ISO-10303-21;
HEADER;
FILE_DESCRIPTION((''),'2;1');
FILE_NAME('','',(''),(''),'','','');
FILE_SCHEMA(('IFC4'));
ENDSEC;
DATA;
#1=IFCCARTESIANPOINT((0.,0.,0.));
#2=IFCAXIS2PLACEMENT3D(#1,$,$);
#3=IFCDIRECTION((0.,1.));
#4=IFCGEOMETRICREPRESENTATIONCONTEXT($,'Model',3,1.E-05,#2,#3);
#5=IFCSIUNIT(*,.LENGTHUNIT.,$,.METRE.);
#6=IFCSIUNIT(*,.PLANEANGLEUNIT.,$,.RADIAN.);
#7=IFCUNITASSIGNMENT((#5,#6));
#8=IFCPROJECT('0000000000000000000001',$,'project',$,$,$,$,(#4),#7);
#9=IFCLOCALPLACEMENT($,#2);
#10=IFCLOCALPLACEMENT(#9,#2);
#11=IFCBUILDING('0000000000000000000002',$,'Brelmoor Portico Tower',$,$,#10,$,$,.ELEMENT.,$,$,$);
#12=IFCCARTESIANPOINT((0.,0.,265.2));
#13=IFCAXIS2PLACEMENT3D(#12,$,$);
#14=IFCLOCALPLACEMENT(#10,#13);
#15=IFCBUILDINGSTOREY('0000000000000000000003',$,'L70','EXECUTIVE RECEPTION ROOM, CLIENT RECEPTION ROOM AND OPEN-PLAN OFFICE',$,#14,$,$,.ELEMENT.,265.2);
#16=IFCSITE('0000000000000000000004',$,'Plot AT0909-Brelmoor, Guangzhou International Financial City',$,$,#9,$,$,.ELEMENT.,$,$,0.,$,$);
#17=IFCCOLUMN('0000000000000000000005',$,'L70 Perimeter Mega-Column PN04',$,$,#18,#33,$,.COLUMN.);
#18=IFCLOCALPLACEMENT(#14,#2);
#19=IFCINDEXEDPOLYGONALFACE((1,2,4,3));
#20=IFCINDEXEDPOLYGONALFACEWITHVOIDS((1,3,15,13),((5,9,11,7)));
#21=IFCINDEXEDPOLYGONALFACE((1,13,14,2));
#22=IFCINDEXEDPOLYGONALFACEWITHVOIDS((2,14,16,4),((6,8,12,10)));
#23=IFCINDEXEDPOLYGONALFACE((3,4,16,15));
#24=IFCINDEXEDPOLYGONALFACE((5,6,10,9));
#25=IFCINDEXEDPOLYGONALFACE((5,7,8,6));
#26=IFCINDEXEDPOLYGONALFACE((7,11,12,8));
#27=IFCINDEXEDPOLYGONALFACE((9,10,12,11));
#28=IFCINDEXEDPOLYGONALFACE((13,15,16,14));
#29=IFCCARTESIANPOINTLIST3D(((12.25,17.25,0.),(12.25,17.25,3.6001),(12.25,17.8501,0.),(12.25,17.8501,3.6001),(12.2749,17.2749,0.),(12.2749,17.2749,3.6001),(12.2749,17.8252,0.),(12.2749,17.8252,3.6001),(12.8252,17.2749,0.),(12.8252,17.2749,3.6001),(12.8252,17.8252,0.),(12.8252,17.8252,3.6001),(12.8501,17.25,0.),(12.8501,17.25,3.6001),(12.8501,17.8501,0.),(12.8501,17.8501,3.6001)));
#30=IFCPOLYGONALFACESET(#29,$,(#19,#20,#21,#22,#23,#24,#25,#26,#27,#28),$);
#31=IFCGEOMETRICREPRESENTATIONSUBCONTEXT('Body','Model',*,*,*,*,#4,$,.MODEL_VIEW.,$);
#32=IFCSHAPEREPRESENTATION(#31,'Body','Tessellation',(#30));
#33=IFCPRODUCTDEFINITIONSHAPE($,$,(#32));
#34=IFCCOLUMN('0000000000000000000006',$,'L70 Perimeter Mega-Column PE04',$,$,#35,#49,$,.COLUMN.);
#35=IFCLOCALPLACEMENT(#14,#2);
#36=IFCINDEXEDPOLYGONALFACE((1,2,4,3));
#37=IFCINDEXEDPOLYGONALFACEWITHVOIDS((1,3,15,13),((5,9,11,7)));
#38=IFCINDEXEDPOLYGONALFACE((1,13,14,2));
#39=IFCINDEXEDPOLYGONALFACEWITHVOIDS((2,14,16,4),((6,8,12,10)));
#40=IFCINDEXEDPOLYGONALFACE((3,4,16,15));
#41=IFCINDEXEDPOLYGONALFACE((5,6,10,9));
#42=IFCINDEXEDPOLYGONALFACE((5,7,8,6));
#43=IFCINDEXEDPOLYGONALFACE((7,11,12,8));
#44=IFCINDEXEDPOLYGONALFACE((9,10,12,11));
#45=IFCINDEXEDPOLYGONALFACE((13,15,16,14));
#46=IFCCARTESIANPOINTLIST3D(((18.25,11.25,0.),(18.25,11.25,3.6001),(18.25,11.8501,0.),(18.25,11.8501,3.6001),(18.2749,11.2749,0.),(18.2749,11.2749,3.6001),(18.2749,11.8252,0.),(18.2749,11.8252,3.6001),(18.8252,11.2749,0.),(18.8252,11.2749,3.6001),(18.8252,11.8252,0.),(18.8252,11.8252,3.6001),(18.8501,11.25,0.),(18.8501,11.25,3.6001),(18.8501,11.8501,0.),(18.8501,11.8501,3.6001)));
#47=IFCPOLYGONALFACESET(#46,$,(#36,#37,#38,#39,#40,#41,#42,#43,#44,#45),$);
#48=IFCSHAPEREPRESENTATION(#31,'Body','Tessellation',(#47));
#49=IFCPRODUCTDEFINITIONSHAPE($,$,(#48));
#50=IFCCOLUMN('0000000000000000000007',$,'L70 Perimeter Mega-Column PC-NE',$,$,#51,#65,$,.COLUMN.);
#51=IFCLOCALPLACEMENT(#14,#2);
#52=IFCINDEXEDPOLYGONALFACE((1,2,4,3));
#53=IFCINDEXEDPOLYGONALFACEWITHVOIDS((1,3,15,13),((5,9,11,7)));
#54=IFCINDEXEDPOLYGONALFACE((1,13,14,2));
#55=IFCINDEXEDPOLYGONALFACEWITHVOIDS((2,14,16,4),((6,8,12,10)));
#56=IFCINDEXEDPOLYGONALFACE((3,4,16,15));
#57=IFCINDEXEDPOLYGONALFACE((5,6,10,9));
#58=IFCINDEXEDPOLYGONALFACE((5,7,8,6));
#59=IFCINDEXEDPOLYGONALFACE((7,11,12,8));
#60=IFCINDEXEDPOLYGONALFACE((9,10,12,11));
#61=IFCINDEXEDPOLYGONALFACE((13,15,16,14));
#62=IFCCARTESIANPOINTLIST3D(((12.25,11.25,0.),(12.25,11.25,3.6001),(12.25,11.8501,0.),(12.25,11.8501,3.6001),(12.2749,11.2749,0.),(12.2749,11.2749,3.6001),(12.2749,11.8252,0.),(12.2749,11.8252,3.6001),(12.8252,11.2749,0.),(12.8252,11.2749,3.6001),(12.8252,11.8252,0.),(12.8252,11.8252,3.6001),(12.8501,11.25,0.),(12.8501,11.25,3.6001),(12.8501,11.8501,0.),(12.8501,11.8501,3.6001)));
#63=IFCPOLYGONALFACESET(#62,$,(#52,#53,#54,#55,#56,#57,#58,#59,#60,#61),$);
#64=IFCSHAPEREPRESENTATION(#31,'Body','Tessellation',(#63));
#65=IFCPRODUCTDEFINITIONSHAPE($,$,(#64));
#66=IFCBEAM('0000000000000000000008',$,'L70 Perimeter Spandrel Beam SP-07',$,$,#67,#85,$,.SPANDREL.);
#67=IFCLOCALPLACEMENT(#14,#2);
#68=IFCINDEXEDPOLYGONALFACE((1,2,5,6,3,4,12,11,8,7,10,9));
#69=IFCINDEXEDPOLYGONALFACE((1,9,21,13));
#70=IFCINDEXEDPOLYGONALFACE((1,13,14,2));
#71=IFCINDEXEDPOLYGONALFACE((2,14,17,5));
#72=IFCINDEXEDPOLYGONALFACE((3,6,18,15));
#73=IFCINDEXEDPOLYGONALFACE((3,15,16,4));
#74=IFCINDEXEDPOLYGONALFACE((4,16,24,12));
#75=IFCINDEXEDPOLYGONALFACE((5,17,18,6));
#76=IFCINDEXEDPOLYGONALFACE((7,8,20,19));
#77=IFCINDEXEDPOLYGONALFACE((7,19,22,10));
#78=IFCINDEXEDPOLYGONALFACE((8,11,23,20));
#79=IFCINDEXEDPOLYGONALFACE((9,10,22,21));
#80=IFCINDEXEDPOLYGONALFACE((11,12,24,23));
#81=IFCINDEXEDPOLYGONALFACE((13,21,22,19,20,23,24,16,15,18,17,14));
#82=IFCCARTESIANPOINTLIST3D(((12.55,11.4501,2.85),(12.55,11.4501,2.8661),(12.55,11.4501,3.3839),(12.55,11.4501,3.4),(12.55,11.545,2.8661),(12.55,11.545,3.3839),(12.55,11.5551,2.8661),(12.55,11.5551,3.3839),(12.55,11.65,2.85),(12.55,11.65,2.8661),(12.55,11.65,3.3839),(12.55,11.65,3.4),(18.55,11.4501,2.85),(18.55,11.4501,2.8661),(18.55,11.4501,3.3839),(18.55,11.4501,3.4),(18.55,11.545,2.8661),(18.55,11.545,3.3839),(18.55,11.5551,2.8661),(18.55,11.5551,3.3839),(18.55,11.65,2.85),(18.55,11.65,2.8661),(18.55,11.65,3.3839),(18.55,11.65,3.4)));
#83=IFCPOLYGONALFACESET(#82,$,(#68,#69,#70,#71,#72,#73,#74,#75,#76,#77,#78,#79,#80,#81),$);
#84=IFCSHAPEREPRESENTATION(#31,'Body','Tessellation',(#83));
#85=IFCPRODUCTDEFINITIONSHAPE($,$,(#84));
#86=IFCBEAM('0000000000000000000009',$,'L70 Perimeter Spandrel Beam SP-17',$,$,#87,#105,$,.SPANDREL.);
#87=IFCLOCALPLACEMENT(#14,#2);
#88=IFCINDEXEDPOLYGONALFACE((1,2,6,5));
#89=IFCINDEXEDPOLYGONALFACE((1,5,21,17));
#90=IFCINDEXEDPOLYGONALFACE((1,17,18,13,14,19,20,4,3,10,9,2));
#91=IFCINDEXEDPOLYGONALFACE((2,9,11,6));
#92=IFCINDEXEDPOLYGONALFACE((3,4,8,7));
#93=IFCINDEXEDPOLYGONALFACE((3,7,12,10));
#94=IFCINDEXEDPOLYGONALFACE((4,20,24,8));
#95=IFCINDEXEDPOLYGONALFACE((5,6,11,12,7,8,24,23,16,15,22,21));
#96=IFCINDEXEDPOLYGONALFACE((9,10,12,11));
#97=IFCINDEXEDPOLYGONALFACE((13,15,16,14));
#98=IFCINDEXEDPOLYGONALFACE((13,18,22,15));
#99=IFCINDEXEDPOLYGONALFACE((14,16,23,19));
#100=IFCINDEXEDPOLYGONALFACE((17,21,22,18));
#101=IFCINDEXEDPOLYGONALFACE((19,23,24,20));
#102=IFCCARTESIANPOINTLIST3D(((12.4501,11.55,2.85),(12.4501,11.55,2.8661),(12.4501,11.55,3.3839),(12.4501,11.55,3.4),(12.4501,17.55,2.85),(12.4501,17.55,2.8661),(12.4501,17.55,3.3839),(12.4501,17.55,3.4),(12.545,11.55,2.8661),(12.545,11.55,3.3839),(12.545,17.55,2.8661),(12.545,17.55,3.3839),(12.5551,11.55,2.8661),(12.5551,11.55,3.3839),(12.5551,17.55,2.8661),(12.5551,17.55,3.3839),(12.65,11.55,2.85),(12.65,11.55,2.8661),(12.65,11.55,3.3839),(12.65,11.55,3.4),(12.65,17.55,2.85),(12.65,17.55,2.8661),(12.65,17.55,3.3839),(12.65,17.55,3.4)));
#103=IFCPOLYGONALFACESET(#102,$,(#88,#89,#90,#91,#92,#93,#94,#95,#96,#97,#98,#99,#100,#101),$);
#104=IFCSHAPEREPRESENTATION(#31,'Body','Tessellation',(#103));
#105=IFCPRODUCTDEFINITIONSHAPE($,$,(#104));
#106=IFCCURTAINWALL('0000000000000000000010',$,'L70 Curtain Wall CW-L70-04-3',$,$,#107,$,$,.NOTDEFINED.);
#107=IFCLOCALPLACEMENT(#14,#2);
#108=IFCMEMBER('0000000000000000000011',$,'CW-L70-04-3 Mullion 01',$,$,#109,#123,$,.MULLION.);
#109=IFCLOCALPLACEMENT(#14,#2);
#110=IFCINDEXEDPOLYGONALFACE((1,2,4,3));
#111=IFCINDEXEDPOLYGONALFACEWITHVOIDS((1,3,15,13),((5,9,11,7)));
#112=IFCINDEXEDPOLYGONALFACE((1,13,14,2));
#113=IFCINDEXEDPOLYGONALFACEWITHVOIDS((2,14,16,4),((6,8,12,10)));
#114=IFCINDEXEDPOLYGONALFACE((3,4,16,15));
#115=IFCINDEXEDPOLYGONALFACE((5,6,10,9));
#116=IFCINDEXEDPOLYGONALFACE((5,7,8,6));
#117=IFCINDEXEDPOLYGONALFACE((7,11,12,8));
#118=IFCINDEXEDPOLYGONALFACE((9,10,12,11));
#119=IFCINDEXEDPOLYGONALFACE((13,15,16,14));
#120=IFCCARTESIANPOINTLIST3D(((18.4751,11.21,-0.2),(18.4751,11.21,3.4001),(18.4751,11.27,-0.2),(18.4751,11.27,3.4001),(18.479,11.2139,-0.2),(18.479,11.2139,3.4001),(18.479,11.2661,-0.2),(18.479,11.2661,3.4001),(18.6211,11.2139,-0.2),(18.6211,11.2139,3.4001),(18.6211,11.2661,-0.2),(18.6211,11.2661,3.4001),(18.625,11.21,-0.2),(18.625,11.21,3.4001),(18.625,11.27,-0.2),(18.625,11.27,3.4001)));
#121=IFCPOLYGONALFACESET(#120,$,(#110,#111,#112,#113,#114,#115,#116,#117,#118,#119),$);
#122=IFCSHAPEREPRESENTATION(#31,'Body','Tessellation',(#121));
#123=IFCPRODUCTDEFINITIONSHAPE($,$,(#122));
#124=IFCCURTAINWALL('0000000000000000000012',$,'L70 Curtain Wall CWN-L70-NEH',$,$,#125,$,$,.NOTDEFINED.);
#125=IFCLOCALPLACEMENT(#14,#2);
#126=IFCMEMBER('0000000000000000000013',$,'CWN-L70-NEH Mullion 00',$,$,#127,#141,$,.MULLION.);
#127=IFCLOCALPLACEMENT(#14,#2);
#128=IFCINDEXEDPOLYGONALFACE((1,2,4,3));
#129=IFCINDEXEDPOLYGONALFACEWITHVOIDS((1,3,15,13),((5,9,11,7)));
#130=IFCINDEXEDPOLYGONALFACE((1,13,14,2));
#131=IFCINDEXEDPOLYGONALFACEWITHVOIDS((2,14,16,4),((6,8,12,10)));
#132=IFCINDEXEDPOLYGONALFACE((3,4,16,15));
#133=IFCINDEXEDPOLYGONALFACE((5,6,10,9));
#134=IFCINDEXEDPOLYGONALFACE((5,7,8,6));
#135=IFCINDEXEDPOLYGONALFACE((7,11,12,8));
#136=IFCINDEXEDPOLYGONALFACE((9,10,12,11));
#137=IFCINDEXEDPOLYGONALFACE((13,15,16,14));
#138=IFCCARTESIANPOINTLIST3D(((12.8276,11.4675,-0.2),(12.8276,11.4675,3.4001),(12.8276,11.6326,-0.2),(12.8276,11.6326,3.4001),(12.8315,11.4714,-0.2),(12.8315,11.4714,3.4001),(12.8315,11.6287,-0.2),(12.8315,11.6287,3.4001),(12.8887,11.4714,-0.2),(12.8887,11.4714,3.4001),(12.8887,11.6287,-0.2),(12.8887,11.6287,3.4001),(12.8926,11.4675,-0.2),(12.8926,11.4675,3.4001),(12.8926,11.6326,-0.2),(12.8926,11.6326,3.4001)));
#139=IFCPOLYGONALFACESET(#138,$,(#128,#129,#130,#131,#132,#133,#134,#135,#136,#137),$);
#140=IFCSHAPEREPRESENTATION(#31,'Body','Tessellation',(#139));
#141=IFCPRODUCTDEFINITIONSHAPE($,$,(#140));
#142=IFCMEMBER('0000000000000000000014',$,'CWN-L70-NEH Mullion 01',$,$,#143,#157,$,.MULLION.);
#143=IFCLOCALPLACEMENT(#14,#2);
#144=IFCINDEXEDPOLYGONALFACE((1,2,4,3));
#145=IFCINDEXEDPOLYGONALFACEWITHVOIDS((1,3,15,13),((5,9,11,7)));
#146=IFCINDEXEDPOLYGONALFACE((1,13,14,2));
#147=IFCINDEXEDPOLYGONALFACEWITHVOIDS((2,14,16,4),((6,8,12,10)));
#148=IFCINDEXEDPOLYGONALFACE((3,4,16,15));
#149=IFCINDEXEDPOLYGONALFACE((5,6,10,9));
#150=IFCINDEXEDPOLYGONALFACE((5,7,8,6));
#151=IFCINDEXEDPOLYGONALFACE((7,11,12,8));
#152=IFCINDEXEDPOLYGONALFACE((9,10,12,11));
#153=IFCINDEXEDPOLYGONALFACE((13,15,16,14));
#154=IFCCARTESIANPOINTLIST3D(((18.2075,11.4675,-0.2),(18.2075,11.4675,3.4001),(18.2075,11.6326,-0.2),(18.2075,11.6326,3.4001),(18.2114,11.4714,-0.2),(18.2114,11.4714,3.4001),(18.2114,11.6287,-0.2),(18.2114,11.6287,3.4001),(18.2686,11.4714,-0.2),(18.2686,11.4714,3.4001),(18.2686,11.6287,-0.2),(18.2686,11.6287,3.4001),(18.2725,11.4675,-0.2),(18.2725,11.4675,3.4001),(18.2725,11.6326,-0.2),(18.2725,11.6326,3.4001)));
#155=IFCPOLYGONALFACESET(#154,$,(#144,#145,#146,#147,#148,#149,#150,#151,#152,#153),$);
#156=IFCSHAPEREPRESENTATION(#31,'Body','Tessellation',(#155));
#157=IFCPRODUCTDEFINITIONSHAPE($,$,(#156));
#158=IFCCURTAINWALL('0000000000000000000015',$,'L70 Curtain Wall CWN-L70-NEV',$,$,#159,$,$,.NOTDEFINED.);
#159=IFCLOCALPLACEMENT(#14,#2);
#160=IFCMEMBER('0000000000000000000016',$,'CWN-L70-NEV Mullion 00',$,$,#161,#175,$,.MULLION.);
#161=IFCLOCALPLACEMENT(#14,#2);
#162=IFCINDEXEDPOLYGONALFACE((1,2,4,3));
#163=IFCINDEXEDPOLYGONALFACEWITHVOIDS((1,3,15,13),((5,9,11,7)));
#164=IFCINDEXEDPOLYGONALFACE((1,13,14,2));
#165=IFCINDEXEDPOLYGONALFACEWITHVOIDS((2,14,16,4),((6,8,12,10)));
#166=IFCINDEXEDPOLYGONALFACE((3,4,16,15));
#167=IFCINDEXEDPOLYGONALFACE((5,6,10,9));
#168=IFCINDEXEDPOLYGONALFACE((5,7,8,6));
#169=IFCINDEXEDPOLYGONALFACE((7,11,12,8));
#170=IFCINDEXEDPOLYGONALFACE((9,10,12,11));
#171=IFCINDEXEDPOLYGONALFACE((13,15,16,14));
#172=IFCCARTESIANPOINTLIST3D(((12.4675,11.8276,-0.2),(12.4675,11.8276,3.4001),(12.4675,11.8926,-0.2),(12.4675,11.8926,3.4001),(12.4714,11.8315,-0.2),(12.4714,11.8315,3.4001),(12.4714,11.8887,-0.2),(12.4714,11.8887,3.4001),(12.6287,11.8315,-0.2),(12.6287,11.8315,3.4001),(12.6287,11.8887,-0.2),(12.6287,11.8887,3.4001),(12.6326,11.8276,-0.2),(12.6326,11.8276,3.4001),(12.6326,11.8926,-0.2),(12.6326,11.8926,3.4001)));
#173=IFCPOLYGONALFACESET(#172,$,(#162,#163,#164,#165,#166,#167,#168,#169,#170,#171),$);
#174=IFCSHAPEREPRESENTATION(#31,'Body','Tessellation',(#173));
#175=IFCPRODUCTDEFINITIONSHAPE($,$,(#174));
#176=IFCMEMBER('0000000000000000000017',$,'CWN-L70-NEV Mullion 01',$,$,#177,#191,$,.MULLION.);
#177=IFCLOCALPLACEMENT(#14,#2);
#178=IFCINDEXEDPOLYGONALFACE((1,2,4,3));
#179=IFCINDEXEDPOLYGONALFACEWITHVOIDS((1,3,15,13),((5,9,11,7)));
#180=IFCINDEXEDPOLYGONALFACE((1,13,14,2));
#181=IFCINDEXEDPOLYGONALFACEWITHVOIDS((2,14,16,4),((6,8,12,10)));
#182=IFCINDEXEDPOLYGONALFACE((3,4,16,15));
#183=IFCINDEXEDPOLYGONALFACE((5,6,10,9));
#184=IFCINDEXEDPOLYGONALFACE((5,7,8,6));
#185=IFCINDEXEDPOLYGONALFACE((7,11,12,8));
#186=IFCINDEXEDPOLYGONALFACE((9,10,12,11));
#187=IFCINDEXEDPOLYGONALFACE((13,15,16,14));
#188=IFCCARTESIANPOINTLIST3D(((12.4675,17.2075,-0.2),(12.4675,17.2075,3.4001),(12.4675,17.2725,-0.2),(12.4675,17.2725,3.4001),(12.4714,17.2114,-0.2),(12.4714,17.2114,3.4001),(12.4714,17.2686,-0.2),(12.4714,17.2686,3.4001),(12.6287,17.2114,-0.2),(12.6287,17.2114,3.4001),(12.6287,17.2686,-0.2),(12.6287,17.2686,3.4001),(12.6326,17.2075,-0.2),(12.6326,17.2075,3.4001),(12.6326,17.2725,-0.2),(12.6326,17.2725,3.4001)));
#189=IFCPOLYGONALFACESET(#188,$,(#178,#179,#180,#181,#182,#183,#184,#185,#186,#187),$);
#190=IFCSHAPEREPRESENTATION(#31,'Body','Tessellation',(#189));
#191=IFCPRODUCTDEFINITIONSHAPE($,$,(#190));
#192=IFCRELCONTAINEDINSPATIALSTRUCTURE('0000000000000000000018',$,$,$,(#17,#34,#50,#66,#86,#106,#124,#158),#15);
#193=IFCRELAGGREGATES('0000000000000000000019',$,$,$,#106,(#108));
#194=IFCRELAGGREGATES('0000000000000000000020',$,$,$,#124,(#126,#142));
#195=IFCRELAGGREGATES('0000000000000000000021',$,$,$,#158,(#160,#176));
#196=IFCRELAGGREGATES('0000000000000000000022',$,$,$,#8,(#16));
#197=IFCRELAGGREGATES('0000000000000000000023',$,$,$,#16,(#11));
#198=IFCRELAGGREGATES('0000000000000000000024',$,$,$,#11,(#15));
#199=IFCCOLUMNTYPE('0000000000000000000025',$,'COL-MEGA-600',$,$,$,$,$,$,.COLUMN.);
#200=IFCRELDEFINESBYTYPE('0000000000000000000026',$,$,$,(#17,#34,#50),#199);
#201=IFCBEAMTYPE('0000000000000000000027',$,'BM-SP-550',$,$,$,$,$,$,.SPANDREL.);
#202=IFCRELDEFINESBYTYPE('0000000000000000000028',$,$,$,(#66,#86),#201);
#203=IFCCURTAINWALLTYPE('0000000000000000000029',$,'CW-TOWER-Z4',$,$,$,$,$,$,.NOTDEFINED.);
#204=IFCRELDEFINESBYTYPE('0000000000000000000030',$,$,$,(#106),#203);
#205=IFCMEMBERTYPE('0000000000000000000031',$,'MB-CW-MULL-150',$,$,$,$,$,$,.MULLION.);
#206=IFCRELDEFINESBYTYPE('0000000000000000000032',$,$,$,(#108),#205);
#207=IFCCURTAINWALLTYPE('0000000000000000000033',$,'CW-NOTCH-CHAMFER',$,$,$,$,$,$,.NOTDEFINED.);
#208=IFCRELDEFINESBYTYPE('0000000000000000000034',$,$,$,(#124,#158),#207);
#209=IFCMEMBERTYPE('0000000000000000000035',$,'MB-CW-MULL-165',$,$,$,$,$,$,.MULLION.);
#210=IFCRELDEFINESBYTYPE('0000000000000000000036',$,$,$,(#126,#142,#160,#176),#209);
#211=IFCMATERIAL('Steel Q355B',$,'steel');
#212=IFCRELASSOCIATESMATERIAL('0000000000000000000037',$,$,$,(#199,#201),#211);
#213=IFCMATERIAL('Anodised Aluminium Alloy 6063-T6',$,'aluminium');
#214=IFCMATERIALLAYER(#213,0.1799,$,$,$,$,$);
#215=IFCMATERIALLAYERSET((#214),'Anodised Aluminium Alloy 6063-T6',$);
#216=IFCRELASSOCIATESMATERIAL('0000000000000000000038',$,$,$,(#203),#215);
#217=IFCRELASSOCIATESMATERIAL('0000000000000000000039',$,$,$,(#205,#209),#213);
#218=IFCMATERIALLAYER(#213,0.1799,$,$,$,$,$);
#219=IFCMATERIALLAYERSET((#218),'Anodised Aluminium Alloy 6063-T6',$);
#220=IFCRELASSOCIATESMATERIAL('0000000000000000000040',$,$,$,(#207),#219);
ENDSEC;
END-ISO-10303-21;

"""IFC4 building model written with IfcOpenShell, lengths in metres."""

from ifc_helpers import new_model, si_unit, direction, frame, origin, origin_2d, place, context, subcontext, project, spatial, hollow_rectangle, i_section, extrude, material, layer, layer_set, material_profile, profile_set, type_object, element, aggregate, save


model = new_model("IFC4")

# Units and contexts
model_context = context("Model", 3, precision=1e-05, world=origin(), true_north=direction((0.0, 1.0)))
body_context = subcontext(model_context, "Body", "Model", "MODEL_VIEW")
ifc_project = project(units=[si_unit("LENGTHUNIT", "METRE"), si_unit("PLANEANGLEUNIT", "RADIAN")], contexts=[model_context])

# Site, building, storey
site_placement = place(None, origin())
site = spatial("IfcSite", under=ifc_project, at=site_placement, Name="Plot AT0909-Brelmoor, Guangzhou International Financial City", CompositionType="ELEMENT", RefElevation=0.0)
building_placement = place(site_placement, origin())
building = spatial("IfcBuilding", under=site, at=building_placement, Name="Brelmoor Portico Tower", CompositionType="ELEMENT")
storey_placement = place(building_placement, frame((0.0, 0.0, 265.2)))
storey = spatial("IfcBuildingStorey", under=building, at=storey_placement, Name="L70", Description="EXECUTIVE RECEPTION ROOM, CLIENT RECEPTION ROOM AND OPEN-PLAN OFFICE", CompositionType="ELEMENT", Elevation=265.2)

# Columns
ifc_material_1 = material(Name="Steel Q355B", Category="steel")
ifc_material_profile_1 = material_profile(ifc_material_1, hollow_rectangle(XDim=0.6001, YDim=0.6001, WallThickness=0.0249, at=origin_2d()), Name="BOX 600x600x25")
ifc_profile_set_1 = profile_set([ifc_material_profile_1], Name="Steel Q355B")
column_type = type_object("IfcColumnType", Name="COL-MEGA-600", PredefinedType="COLUMN", material=ifc_profile_set_1)
for number, where, z_axis, x_axis, name in (
    (1, (12.55, 17.55, 0.0), (0.0, 0.0, 1.0), (1.0, 0.0, 0.0), "L70 Perimeter Mega-Column PN04"),
    (2, (18.55, 11.55, 0.0), (0.0, 0.0, 1.0), (0.0, 1.0, 0.0), "L70 Perimeter Mega-Column PE04"),
    (3, (12.55, 11.55, 0.0), (0.0, 0.0, 1.0), (1.0, 0.0, 0.0), "L70 Perimeter Mega-Column PC-NE"),
):
    element("IfcColumn", number, at=place(storey_placement, frame(where, z_axis=z_axis, x_axis=x_axis)), inside=storey, type_object=column_type, Name=name, PredefinedType="COLUMN", context=body_context, shape_type="SweptSolid", body=[
        extrude(hollow_rectangle(XDim=0.6001, YDim=0.6001, WallThickness=0.0249, at=origin_2d()), origin(), (0.0, 0.0, 1.0), 3.6001),
    ])

# Beams
ifc_material_profile_2 = material_profile(ifc_material_1, i_section(OverallWidth=0.2, OverallDepth=0.55, WebThickness=0.01, FlangeThickness=0.0161, at=origin_2d()), Name="HN 550x200x10x16")
ifc_profile_set_2 = profile_set([ifc_material_profile_2], Name="Steel Q355B")
beam_type = type_object("IfcBeamType", Name="BM-SP-550", PredefinedType="SPANDREL", material=ifc_profile_set_2)
for number, where, z_axis, x_axis, name in (
    (4, (12.55, 11.55, 3.125), (1.0, 0.0, 0.0), (0.0, 1.0, 0.0), "L70 Perimeter Spandrel Beam SP-07"),
    (5, (12.55, 11.55, 3.125), (0.0, 1.0, 0.0), (-1.0, 0.0, 0.0), "L70 Perimeter Spandrel Beam SP-17"),
):
    element("IfcBeam", number, at=place(storey_placement, frame(where, z_axis=z_axis, x_axis=x_axis)), inside=storey, type_object=beam_type, Name=name, PredefinedType="SPANDREL", context=body_context, shape_type="SweptSolid", body=[
        extrude(i_section(OverallWidth=0.2, OverallDepth=0.55, WebThickness=0.01, FlangeThickness=0.0161, at=origin_2d()), origin(), (0.0, 0.0, 1.0), 6.0),
    ])

# Curtain wall, member
ifc_material_2 = material(Name="Anodised Aluminium Alloy 6063-T6", Category="aluminium")
ifc_layer_1 = layer(ifc_material_2, 0.1799)
ifc_layer_set_1 = layer_set([ifc_layer_1], Name="Anodised Aluminium Alloy 6063-T6")
curtain_wall_type_1 = type_object("IfcCurtainWallType", Name="CW-TOWER-Z4", PredefinedType="NOTDEFINED", material=ifc_layer_set_1)
curtain_wall_1_placement = place(storey_placement, origin())
curtain_wall_1 = element("IfcCurtainWall", 6, at=curtain_wall_1_placement, inside=storey, type_object=curtain_wall_type_1, Name="L70 Curtain Wall CW-L70-04-3", PredefinedType="NOTDEFINED")
ifc_material_profile_3 = material_profile(ifc_material_2, hollow_rectangle(XDim=0.0601, YDim=0.1499, WallThickness=0.0039, at=origin_2d()), Name="ALU MULLION 60x150")
ifc_profile_set_3 = profile_set([ifc_material_profile_3], Name="Anodised Aluminium Alloy 6063-T6")
member_type_1 = type_object("IfcMemberType", Name="MB-CW-MULL-150", PredefinedType="MULLION", material=ifc_profile_set_3)
member_1_placement = place(storey_placement, frame((18.55, 11.24, -0.2), z_axis=(0.0, 0.0, 1.0), x_axis=(0.0, 1.0, 0.0)))
member_1 = element("IfcMember", 7, at=member_1_placement, type_object=member_type_1, Name="CW-L70-04-3 Mullion 01", PredefinedType="MULLION", context=body_context, shape_type="SweptSolid", body=[
    extrude(hollow_rectangle(XDim=0.0601, YDim=0.1499, WallThickness=0.0039, at=origin_2d()), origin(), (0.0, 0.0, 1.0), 3.6001),
])

# Curtain walls, members
ifc_layer_2 = layer(ifc_material_2, 0.1799)
ifc_layer_set_2 = layer_set([ifc_layer_2], Name="Anodised Aluminium Alloy 6063-T6")
curtain_wall_type_2 = type_object("IfcCurtainWallType", Name="CW-NOTCH-CHAMFER", PredefinedType="NOTDEFINED", material=ifc_layer_set_2)
curtain_wall_2_placement = place(storey_placement, origin())
curtain_wall_2 = element("IfcCurtainWall", 8, at=curtain_wall_2_placement, inside=storey, type_object=curtain_wall_type_2, Name="L70 Curtain Wall CWN-L70-NEH", PredefinedType="NOTDEFINED")
ifc_material_profile_4 = material_profile(ifc_material_2, hollow_rectangle(XDim=0.0649, YDim=0.165, WallThickness=0.0039, at=origin_2d()), Name="ALU MULLION 65x165")
ifc_profile_set_4 = profile_set([ifc_material_profile_4], Name="Anodised Aluminium Alloy 6063-T6")
member_type_2 = type_object("IfcMemberType", Name="MB-CW-MULL-165", PredefinedType="MULLION", material=ifc_profile_set_4)
member_2_placement = place(storey_placement, frame((12.8601, 11.55, -0.2), z_axis=(0.0, 0.0, 1.0), x_axis=(1.0, 0.0, 0.0)))
member_2 = element("IfcMember", 9, at=member_2_placement, type_object=member_type_2, Name="CWN-L70-NEH Mullion 00", PredefinedType="MULLION", context=body_context, shape_type="SweptSolid", body=[
    extrude(hollow_rectangle(XDim=0.0649, YDim=0.165, WallThickness=0.0039, at=origin_2d()), origin(), (0.0, 0.0, 1.0), 3.6001),
])
member_3_placement = place(storey_placement, frame((18.24, 11.55, -0.2), z_axis=(0.0, 0.0, 1.0), x_axis=(1.0, 0.0, 0.0)))
member_3 = element("IfcMember", 10, at=member_3_placement, type_object=member_type_2, Name="CWN-L70-NEH Mullion 01", PredefinedType="MULLION", context=body_context, shape_type="SweptSolid", body=[
    extrude(hollow_rectangle(XDim=0.0649, YDim=0.165, WallThickness=0.0039, at=origin_2d()), origin(), (0.0, 0.0, 1.0), 3.6001),
])
curtain_wall_3_placement = place(storey_placement, origin())
curtain_wall_3 = element("IfcCurtainWall", 11, at=curtain_wall_3_placement, inside=storey, type_object=curtain_wall_type_2, Name="L70 Curtain Wall CWN-L70-NEV", PredefinedType="NOTDEFINED")
member_4_placement = place(storey_placement, frame((12.55, 11.8601, -0.2), z_axis=(0.0, 0.0, 1.0), x_axis=(0.0, 1.0, 0.0)))
member_4 = element("IfcMember", 12, at=member_4_placement, type_object=member_type_2, Name="CWN-L70-NEV Mullion 00", PredefinedType="MULLION", context=body_context, shape_type="SweptSolid", body=[
    extrude(hollow_rectangle(XDim=0.0649, YDim=0.165, WallThickness=0.0039, at=origin_2d()), origin(), (0.0, 0.0, 1.0), 3.6001),
])
member_5_placement = place(storey_placement, frame((12.55, 17.24, -0.2), z_axis=(0.0, 0.0, 1.0), x_axis=(0.0, 1.0, 0.0)))
member_5 = element("IfcMember", 13, at=member_5_placement, type_object=member_type_2, Name="CWN-L70-NEV Mullion 01", PredefinedType="MULLION", context=body_context, shape_type="SweptSolid", body=[
    extrude(hollow_rectangle(XDim=0.0649, YDim=0.165, WallThickness=0.0039, at=origin_2d()), origin(), (0.0, 0.0, 1.0), 3.6001),
])

aggregate(curtain_wall_1, [member_1])
aggregate(curtain_wall_2, [member_2, member_3])
aggregate(curtain_wall_3, [member_4, member_5])

save(model, "model.ifc")
